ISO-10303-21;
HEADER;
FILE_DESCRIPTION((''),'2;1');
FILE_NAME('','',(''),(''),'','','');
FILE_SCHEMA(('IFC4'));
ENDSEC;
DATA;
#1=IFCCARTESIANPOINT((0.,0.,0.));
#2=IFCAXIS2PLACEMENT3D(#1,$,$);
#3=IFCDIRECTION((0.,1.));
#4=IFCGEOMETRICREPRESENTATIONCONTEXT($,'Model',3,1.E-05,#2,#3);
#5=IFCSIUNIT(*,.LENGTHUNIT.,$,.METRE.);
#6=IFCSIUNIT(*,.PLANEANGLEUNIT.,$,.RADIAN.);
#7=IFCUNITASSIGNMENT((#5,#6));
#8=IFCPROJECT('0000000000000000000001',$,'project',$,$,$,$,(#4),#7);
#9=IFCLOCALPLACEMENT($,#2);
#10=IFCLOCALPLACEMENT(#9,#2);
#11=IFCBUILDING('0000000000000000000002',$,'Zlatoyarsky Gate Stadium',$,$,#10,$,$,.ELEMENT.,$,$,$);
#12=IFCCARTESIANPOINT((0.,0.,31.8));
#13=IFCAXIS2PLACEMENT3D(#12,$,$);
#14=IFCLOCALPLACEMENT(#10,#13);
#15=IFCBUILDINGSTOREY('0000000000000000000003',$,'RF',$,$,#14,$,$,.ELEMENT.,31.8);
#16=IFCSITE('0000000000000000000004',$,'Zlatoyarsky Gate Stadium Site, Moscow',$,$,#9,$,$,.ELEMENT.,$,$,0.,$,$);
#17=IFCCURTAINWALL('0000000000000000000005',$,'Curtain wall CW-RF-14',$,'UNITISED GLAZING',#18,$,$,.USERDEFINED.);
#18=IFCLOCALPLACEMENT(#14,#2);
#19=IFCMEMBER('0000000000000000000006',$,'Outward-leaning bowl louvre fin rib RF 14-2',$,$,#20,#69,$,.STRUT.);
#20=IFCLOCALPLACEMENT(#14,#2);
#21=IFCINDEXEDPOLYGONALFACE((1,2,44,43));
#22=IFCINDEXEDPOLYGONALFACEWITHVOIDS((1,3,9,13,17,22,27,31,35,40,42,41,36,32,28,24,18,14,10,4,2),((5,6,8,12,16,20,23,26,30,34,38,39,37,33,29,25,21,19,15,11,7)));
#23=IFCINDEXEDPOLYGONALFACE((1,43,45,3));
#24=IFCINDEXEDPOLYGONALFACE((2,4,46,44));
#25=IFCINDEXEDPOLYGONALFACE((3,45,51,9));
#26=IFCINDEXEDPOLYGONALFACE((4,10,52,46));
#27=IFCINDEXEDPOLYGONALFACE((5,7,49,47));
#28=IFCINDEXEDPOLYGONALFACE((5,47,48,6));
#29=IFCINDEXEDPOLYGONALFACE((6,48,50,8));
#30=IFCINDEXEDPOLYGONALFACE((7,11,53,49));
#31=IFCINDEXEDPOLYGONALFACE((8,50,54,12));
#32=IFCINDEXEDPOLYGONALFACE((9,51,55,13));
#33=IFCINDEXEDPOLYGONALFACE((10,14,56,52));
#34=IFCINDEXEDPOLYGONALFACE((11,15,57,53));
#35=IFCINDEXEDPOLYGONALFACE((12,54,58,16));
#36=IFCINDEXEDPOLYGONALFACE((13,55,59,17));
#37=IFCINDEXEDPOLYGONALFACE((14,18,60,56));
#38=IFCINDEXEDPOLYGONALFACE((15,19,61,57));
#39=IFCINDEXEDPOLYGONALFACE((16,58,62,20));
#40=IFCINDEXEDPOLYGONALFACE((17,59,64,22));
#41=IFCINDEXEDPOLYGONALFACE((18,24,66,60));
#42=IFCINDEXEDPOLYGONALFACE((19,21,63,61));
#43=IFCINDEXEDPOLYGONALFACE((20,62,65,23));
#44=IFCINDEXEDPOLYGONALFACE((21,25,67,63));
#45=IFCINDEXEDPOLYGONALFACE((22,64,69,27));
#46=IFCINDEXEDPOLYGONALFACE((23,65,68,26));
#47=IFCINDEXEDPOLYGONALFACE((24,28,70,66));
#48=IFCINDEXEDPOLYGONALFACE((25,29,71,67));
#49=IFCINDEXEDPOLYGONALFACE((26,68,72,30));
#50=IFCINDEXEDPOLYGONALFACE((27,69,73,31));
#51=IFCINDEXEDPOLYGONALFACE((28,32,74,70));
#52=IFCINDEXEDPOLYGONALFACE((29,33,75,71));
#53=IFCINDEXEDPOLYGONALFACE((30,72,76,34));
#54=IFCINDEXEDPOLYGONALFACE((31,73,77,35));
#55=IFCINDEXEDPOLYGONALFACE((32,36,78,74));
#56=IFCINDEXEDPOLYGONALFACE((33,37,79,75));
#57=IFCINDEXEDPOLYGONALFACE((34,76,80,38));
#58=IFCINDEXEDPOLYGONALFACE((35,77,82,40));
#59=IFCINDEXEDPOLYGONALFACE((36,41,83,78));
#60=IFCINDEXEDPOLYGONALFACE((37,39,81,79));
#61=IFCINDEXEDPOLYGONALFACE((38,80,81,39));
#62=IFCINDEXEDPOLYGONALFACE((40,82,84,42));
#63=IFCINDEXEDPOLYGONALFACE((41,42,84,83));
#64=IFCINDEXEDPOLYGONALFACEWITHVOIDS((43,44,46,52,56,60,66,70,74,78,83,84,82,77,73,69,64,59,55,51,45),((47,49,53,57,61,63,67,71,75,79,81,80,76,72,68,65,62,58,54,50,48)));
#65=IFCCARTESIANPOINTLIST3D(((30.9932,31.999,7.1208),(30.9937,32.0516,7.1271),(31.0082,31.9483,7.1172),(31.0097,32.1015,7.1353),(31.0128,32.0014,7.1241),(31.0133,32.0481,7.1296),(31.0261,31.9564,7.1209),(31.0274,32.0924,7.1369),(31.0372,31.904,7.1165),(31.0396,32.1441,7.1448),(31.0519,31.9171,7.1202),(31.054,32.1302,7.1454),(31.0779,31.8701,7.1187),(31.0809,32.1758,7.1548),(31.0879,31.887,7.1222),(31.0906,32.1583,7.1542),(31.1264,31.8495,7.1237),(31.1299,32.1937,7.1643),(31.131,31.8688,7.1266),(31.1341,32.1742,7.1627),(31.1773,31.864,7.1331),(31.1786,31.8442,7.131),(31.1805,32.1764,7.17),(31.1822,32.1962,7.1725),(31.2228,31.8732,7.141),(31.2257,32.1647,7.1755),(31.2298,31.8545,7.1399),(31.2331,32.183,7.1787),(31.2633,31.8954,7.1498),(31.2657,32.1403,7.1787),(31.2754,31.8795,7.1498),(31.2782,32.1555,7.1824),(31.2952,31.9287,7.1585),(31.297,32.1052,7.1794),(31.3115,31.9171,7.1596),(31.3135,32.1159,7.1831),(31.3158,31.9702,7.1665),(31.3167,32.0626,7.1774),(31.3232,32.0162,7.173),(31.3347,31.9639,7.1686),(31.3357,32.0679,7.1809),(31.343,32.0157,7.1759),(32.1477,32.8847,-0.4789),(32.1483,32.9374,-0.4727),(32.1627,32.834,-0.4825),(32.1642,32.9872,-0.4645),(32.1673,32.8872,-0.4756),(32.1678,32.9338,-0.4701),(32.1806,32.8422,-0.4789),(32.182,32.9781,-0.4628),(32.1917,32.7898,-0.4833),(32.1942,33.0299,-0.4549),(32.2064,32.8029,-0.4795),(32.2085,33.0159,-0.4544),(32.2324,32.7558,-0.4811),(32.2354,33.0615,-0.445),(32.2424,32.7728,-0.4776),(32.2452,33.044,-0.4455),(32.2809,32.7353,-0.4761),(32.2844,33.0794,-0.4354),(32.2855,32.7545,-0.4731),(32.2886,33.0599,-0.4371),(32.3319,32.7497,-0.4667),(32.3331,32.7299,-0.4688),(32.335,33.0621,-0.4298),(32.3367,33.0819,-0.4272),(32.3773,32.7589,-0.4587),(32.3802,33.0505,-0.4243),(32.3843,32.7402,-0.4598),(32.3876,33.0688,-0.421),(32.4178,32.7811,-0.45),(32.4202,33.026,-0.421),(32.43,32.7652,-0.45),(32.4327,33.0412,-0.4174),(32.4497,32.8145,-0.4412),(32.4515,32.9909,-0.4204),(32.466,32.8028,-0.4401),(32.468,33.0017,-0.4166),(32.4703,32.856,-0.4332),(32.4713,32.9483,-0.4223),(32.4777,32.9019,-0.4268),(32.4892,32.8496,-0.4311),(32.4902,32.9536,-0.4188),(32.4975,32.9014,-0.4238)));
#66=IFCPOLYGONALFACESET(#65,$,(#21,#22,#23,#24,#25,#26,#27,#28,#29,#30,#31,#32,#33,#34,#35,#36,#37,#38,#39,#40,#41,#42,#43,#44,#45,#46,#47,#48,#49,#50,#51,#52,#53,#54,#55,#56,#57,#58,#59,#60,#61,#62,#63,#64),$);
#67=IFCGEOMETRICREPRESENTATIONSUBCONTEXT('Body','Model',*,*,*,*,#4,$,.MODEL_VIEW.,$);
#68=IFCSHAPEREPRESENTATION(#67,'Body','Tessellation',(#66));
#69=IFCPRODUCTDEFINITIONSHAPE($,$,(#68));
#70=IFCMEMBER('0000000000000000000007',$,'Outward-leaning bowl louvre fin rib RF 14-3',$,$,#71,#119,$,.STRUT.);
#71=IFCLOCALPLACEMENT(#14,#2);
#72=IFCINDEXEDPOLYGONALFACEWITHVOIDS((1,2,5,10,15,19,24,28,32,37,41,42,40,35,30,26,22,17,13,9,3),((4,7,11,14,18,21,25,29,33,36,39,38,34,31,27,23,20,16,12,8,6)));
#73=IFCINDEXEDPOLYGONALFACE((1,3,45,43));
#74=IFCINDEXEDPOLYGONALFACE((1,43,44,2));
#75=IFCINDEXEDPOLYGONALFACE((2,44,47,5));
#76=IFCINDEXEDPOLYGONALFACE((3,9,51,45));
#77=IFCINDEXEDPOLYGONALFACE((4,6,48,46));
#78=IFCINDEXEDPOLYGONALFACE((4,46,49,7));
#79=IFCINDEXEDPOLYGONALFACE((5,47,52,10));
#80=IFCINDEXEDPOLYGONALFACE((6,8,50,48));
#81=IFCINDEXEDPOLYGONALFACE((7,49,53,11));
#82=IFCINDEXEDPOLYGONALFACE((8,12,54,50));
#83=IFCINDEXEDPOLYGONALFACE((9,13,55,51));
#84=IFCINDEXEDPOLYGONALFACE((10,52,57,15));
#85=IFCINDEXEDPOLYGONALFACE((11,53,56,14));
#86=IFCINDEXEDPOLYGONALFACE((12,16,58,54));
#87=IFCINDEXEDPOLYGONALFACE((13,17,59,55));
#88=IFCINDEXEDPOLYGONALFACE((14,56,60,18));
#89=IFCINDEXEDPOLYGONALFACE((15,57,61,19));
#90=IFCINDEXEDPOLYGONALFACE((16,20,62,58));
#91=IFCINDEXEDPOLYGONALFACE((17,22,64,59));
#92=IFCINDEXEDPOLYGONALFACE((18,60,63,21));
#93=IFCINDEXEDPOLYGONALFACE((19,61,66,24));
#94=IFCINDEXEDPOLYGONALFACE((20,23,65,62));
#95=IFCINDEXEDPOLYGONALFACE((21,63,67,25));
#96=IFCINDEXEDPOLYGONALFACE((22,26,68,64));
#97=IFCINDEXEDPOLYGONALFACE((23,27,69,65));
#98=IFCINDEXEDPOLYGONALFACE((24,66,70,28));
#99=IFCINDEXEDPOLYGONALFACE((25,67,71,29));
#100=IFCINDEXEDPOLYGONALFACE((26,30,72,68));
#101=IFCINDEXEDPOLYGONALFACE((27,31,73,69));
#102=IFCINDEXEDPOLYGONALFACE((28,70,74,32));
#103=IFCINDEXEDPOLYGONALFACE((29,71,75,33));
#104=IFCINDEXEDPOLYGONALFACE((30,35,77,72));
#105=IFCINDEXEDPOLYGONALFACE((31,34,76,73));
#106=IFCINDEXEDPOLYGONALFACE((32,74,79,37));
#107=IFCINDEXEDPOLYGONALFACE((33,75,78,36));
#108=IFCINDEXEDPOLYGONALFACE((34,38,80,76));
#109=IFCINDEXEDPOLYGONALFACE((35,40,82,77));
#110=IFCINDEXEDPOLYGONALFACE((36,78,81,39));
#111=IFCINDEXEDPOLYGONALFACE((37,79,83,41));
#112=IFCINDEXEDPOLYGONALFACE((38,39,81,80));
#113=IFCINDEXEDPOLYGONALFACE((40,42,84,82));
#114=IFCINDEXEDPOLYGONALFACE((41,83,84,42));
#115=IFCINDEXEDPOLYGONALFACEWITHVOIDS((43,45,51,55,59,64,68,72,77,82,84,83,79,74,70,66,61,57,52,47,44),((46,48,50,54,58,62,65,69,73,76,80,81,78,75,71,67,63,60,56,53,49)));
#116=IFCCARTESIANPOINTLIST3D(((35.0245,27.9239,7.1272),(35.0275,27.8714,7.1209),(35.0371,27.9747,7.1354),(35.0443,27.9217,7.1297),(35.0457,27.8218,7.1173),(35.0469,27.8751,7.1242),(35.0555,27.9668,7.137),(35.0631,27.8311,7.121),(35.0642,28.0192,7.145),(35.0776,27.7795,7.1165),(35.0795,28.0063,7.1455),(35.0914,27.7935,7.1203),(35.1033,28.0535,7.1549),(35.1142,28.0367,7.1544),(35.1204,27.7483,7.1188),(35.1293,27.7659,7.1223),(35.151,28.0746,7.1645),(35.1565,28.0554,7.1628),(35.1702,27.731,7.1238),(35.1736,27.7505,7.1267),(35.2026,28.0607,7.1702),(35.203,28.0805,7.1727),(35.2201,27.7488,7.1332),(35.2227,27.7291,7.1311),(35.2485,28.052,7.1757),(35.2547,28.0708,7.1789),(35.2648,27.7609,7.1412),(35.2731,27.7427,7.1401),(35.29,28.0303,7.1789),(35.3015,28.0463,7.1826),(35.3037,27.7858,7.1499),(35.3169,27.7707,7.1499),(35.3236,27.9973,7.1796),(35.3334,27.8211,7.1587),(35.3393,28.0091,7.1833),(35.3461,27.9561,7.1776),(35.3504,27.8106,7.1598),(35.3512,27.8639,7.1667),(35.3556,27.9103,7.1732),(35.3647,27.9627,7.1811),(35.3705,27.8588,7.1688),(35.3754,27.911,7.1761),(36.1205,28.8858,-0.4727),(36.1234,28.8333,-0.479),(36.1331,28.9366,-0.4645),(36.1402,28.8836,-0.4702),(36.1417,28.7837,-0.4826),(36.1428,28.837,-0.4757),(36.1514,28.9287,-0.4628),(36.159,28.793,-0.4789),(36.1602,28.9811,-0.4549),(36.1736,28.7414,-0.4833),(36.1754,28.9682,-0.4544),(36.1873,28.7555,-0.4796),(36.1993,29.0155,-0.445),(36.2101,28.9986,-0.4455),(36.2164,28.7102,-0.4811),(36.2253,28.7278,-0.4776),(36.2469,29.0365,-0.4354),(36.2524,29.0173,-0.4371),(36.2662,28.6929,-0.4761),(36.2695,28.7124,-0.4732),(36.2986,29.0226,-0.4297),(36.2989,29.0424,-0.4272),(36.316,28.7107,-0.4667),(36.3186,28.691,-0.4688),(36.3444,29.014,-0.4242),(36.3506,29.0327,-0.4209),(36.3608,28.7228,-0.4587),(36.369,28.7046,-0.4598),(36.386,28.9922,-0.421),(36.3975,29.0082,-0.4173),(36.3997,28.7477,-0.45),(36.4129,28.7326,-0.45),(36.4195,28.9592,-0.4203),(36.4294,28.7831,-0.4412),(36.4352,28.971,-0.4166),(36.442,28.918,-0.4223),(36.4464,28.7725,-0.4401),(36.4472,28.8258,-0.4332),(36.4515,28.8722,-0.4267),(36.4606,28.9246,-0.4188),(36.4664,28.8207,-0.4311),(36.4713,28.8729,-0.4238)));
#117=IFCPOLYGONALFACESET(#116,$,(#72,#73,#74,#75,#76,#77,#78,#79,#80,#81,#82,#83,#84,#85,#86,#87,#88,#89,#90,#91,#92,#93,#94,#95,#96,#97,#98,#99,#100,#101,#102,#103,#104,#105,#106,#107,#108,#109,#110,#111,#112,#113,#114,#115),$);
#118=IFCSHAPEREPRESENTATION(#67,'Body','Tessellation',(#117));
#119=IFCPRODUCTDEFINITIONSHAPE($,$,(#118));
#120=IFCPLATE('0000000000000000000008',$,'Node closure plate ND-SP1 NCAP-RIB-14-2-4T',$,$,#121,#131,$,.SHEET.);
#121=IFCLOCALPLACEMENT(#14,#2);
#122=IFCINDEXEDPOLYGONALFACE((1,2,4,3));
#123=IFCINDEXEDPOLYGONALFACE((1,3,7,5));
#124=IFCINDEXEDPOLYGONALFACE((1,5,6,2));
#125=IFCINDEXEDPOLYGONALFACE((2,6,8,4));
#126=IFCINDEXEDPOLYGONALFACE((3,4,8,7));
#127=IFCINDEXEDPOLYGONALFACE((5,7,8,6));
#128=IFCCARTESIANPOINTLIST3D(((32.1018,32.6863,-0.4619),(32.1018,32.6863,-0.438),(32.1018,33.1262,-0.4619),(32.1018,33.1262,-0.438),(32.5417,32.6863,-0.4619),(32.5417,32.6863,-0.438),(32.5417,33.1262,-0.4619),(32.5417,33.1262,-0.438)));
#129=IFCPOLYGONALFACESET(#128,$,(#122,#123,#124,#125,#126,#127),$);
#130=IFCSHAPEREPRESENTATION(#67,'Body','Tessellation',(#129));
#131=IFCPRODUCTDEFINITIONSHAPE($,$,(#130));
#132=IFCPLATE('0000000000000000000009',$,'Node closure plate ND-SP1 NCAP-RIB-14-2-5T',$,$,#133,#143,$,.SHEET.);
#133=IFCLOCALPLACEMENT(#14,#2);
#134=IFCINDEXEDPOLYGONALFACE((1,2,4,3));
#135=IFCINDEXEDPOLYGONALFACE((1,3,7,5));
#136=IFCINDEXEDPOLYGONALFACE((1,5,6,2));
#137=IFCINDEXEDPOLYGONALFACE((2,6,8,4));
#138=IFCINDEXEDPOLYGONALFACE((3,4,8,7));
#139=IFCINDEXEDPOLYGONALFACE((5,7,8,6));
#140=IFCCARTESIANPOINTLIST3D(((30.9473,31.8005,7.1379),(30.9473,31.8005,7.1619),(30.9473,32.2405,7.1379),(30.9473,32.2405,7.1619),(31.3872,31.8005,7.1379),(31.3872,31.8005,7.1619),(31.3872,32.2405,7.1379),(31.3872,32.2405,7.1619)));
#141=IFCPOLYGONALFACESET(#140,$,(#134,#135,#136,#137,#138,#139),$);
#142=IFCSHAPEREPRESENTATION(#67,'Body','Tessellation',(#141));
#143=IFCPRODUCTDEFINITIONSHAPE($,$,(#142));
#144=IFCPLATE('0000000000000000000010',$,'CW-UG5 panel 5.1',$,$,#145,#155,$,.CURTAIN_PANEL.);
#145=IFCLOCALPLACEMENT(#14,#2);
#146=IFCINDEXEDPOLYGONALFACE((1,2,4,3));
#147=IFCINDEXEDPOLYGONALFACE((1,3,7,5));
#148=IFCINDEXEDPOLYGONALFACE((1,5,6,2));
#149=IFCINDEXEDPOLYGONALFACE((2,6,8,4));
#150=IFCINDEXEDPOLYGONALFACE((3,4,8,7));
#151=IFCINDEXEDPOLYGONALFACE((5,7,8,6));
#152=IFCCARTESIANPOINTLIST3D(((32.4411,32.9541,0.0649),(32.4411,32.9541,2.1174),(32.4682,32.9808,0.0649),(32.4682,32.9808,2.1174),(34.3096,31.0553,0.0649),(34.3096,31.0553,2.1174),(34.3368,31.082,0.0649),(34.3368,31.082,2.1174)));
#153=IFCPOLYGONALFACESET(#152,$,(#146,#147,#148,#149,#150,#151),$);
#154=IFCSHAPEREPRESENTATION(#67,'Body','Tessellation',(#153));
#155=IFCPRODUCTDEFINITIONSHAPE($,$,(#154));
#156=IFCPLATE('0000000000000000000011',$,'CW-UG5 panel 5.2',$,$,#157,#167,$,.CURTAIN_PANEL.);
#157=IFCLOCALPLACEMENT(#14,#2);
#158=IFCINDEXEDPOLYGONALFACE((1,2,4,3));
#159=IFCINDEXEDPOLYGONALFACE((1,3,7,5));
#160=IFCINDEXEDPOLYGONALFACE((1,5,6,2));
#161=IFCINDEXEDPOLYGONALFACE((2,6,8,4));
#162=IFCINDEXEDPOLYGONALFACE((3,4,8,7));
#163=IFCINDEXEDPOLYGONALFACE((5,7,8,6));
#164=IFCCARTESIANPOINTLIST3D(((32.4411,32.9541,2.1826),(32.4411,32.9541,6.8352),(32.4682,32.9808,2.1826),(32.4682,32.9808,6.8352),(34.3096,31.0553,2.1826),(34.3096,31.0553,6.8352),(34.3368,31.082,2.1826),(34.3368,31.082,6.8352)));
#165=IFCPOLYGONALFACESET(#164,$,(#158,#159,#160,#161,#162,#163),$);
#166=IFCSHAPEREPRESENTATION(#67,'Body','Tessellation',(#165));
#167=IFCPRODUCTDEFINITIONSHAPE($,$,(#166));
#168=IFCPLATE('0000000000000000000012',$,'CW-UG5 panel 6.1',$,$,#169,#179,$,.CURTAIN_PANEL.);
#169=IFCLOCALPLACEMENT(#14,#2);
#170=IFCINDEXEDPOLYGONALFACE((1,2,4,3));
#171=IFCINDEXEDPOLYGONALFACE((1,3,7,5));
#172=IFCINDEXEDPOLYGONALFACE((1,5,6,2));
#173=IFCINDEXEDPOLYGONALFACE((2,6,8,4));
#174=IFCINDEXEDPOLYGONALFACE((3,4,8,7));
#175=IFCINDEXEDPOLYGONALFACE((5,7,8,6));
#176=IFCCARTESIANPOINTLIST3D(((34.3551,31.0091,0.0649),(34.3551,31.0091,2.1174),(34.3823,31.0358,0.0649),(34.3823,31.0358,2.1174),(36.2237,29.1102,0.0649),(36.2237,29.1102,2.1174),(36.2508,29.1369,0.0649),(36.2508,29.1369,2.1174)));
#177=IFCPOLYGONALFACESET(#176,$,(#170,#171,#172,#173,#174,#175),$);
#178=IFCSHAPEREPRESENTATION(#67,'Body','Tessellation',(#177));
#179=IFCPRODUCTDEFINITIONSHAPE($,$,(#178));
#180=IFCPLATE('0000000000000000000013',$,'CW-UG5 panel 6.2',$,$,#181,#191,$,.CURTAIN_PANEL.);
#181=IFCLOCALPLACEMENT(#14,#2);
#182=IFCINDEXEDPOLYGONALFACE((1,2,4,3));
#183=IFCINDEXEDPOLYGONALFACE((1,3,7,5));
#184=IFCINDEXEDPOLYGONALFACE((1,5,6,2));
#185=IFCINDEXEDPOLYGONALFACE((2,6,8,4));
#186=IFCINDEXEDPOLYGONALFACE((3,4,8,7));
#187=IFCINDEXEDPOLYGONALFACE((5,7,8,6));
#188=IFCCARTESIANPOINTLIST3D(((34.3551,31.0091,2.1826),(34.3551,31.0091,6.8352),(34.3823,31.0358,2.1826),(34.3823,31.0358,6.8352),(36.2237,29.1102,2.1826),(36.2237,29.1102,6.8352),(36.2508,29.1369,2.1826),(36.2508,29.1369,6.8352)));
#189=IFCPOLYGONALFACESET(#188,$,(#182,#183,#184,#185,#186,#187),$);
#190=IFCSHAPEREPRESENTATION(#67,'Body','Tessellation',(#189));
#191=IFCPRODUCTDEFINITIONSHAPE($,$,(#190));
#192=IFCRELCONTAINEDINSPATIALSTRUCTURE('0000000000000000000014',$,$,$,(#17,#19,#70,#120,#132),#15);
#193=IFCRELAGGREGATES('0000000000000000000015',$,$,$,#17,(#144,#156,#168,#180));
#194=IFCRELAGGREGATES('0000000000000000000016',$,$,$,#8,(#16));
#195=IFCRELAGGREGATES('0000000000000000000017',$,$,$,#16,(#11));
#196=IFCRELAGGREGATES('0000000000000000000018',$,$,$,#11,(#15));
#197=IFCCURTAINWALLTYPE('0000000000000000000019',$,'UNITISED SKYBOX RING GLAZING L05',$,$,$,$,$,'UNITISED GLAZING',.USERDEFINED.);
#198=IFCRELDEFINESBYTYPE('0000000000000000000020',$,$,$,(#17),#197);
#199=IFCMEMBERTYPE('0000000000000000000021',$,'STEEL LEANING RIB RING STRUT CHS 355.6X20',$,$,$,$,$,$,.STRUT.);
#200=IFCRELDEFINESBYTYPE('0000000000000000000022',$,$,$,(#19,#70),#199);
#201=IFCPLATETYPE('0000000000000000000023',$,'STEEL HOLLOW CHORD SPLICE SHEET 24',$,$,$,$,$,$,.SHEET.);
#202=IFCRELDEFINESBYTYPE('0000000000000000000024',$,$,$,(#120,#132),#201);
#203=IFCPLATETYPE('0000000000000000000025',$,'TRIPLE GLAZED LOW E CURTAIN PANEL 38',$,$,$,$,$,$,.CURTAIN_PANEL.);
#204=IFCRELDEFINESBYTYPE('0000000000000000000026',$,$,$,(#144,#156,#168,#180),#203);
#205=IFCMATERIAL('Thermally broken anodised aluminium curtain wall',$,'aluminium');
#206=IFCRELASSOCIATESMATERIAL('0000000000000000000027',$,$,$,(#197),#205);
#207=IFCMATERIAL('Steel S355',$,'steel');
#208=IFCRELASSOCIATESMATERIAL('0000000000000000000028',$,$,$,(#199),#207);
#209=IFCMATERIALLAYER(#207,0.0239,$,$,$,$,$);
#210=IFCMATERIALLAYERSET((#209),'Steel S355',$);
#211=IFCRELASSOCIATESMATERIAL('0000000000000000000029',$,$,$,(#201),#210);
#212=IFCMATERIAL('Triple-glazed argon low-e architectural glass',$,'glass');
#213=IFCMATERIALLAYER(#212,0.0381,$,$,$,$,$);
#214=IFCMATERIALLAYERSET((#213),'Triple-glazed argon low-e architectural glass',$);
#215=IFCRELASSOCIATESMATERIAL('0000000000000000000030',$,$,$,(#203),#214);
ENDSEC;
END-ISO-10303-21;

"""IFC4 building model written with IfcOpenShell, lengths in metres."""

from ifc_helpers import new_model, si_unit, direction, frame, origin, origin_2d, place, context, subcontext, project, spatial, rectangle, hollow_circle, extrude, material, layer, layer_set, material_profile, profile_set, type_object, element, aggregate, save


model = new_model("IFC4")

# Units and contexts
model_context = context("Model", 3, precision=1e-05, world=origin(), true_north=direction((0.0, 1.0)))
body_context = subcontext(model_context, "Body", "Model", "MODEL_VIEW")
ifc_project = project(units=[si_unit("LENGTHUNIT", "METRE"), si_unit("PLANEANGLEUNIT", "RADIAN")], contexts=[model_context])

# Site, building, storey
site_placement = place(None, origin())
site = spatial("IfcSite", under=ifc_project, at=site_placement, Name="Zlatoyarsky Gate Stadium Site, Moscow", CompositionType="ELEMENT", RefElevation=0.0)
building_placement = place(site_placement, origin())
building = spatial("IfcBuilding", under=site, at=building_placement, Name="Zlatoyarsky Gate Stadium", CompositionType="ELEMENT")
storey_placement = place(building_placement, frame((0.0, 0.0, 31.8)))
storey = spatial("IfcBuildingStorey", under=building, at=storey_placement, Name="RF", CompositionType="ELEMENT", Elevation=31.8)

# Curtain wall
ifc_material_1 = material(Name="Thermally broken anodised aluminium curtain wall", Category="aluminium")
curtain_wall_type = type_object("IfcCurtainWallType", Name="UNITISED SKYBOX RING GLAZING L05", ElementType="UNITISED GLAZING", PredefinedType="USERDEFINED", material=ifc_material_1)
curtain_wall_placement = place(storey_placement, origin())
curtain_wall = element("IfcCurtainWall", 1, at=curtain_wall_placement, inside=storey, type_object=curtain_wall_type, Name="Curtain wall CW-RF-14", ObjectType="UNITISED GLAZING", PredefinedType="USERDEFINED")

# Members
ifc_material_2 = material(Name="Steel S355", Category="steel")
ifc_material_profile_1 = material_profile(ifc_material_2, hollow_circle(Radius=0.1777, WallThickness=0.02, at=origin_2d()), Name="CHS 355.6X20")
ifc_profile_set_1 = profile_set([ifc_material_profile_1], Name="Steel S355")
member_type_1 = type_object("IfcMemberType", Name="STEEL LEANING RIB RING STRUT CHS 355.6X20", PredefinedType="STRUT", material=ifc_profile_set_1)
member_1_placement = place(storey_placement, frame((32.3218, 32.9062, -0.45), z_axis=(-0.149206, -0.114468, 0.982158), x_axis=(0.608689, -0.793409, 0.0)))
element("IfcMember", 2, at=member_1_placement, inside=storey, type_object=member_type_1, Name="Outward-leaning bowl louvre fin rib RF 14-2", PredefinedType="STRUT", context=body_context, shape_type="SweptSolid", body=[
    extrude(hollow_circle(Radius=0.1777, WallThickness=0.02, at=origin_2d()), origin(), (0.0, 0.0, 1.0), 7.7378),
])
member_2_placement = place(storey_placement, frame((36.2957, 28.8662, -0.45), z_axis=(-0.141623, -0.124303, 0.982085), x_axis=(0.659654, -0.75157, 0.0)))
element("IfcMember", 3, at=member_2_placement, inside=storey, type_object=member_type_1, Name="Outward-leaning bowl louvre fin rib RF 14-3", PredefinedType="STRUT", context=body_context, shape_type="SweptSolid", body=[
    extrude(hollow_circle(Radius=0.1777, WallThickness=0.02, at=origin_2d()), origin(), (0.0, 0.0, 1.0), 7.7385),
])

# Plates
ifc_layer_1 = layer(ifc_material_2, 0.0239)
ifc_layer_set_1 = layer_set([ifc_layer_1], Name="Steel S355")
plate_type_1 = type_object("IfcPlateType", Name="STEEL HOLLOW CHORD SPLICE SHEET 24", PredefinedType="SHEET", material=ifc_layer_set_1)
for number, where, z_axis, x_axis, name in (
    (4, (32.3218, 32.9062, -0.4619), (0.0, 0.0, 1.0), (1.0, 0.0, 0.0), "Node closure plate ND-SP1 NCAP-RIB-14-2-4T"),
    (5, (31.1672, 32.0205, 7.1379), (0.0, 0.0, 1.0), (1.0, 0.0, 0.0), "Node closure plate ND-SP1 NCAP-RIB-14-2-5T"),
):
    element("IfcPlate", number, at=place(storey_placement, frame(where, z_axis=z_axis, x_axis=x_axis)), inside=storey, type_object=plate_type_1, Name=name, PredefinedType="SHEET", context=body_context, shape_type="SweptSolid", body=[
        extrude(rectangle(XDim=0.4399, YDim=0.4399, at=origin_2d()), origin(), (0.0, 0.0, 1.0), 0.0239),
    ])

# Plates
ifc_material_3 = material(Name="Triple-glazed argon low-e architectural glass", Category="glass")
ifc_layer_2 = layer(ifc_material_3, 0.0381)
ifc_layer_set_2 = layer_set([ifc_layer_2], Name="Triple-glazed argon low-e architectural glass")
plate_type_2 = type_object("IfcPlateType", Name="TRIPLE GLAZED LOW E CURTAIN PANEL 38", PredefinedType="CURTAIN_PANEL", material=ifc_layer_set_2)
plate_1_placement = place(storey_placement, frame((33.3889, 32.0181, 0.0649), z_axis=(0.0, 0.0, 1.0), x_axis=(0.701402, -0.712766, 0.0)))
plate_1 = element("IfcPlate", 6, at=plate_1_placement, type_object=plate_type_2, Name="CW-UG5 panel 5.1", PredefinedType="CURTAIN_PANEL", context=body_context, shape_type="SweptSolid", body=[
    extrude(rectangle(XDim=2.6641, YDim=0.0381, at=origin_2d()), origin(), (0.0, 0.0, 1.0), 2.0525),
])
plate_2_placement = place(storey_placement, frame((33.3889, 32.0181, 2.1826), z_axis=(0.0, 0.0, 1.0), x_axis=(0.701402, -0.712766, 0.0)))
plate_2 = element("IfcPlate", 7, at=plate_2_placement, type_object=plate_type_2, Name="CW-UG5 panel 5.2", PredefinedType="CURTAIN_PANEL", context=body_context, shape_type="SweptSolid", body=[
    extrude(rectangle(XDim=2.6641, YDim=0.0381, at=origin_2d()), origin(), (0.0, 0.0, 1.0), 4.6526),
])
plate_3_placement = place(storey_placement, frame((35.303, 30.073, 0.0649), z_axis=(0.0, 0.0, 1.0), x_axis=(0.701402, -0.712766, 0.0)))
plate_3 = element("IfcPlate", 8, at=plate_3_placement, type_object=plate_type_2, Name="CW-UG5 panel 6.1", PredefinedType="CURTAIN_PANEL", context=body_context, shape_type="SweptSolid", body=[
    extrude(rectangle(XDim=2.6641, YDim=0.0381, at=origin_2d()), origin(), (0.0, 0.0, 1.0), 2.0525),
])
plate_4_placement = place(storey_placement, frame((35.303, 30.073, 2.1826), z_axis=(0.0, 0.0, 1.0), x_axis=(0.701402, -0.712766, 0.0)))
plate_4 = element("IfcPlate", 9, at=plate_4_placement, type_object=plate_type_2, Name="CW-UG5 panel 6.2", PredefinedType="CURTAIN_PANEL", context=body_context, shape_type="SweptSolid", body=[
    extrude(rectangle(XDim=2.6641, YDim=0.0381, at=origin_2d()), origin(), (0.0, 0.0, 1.0), 4.6526),
])
aggregate(curtain_wall, [plate_1, plate_2, plate_3, plate_4])

save(model, "model.ifc")
